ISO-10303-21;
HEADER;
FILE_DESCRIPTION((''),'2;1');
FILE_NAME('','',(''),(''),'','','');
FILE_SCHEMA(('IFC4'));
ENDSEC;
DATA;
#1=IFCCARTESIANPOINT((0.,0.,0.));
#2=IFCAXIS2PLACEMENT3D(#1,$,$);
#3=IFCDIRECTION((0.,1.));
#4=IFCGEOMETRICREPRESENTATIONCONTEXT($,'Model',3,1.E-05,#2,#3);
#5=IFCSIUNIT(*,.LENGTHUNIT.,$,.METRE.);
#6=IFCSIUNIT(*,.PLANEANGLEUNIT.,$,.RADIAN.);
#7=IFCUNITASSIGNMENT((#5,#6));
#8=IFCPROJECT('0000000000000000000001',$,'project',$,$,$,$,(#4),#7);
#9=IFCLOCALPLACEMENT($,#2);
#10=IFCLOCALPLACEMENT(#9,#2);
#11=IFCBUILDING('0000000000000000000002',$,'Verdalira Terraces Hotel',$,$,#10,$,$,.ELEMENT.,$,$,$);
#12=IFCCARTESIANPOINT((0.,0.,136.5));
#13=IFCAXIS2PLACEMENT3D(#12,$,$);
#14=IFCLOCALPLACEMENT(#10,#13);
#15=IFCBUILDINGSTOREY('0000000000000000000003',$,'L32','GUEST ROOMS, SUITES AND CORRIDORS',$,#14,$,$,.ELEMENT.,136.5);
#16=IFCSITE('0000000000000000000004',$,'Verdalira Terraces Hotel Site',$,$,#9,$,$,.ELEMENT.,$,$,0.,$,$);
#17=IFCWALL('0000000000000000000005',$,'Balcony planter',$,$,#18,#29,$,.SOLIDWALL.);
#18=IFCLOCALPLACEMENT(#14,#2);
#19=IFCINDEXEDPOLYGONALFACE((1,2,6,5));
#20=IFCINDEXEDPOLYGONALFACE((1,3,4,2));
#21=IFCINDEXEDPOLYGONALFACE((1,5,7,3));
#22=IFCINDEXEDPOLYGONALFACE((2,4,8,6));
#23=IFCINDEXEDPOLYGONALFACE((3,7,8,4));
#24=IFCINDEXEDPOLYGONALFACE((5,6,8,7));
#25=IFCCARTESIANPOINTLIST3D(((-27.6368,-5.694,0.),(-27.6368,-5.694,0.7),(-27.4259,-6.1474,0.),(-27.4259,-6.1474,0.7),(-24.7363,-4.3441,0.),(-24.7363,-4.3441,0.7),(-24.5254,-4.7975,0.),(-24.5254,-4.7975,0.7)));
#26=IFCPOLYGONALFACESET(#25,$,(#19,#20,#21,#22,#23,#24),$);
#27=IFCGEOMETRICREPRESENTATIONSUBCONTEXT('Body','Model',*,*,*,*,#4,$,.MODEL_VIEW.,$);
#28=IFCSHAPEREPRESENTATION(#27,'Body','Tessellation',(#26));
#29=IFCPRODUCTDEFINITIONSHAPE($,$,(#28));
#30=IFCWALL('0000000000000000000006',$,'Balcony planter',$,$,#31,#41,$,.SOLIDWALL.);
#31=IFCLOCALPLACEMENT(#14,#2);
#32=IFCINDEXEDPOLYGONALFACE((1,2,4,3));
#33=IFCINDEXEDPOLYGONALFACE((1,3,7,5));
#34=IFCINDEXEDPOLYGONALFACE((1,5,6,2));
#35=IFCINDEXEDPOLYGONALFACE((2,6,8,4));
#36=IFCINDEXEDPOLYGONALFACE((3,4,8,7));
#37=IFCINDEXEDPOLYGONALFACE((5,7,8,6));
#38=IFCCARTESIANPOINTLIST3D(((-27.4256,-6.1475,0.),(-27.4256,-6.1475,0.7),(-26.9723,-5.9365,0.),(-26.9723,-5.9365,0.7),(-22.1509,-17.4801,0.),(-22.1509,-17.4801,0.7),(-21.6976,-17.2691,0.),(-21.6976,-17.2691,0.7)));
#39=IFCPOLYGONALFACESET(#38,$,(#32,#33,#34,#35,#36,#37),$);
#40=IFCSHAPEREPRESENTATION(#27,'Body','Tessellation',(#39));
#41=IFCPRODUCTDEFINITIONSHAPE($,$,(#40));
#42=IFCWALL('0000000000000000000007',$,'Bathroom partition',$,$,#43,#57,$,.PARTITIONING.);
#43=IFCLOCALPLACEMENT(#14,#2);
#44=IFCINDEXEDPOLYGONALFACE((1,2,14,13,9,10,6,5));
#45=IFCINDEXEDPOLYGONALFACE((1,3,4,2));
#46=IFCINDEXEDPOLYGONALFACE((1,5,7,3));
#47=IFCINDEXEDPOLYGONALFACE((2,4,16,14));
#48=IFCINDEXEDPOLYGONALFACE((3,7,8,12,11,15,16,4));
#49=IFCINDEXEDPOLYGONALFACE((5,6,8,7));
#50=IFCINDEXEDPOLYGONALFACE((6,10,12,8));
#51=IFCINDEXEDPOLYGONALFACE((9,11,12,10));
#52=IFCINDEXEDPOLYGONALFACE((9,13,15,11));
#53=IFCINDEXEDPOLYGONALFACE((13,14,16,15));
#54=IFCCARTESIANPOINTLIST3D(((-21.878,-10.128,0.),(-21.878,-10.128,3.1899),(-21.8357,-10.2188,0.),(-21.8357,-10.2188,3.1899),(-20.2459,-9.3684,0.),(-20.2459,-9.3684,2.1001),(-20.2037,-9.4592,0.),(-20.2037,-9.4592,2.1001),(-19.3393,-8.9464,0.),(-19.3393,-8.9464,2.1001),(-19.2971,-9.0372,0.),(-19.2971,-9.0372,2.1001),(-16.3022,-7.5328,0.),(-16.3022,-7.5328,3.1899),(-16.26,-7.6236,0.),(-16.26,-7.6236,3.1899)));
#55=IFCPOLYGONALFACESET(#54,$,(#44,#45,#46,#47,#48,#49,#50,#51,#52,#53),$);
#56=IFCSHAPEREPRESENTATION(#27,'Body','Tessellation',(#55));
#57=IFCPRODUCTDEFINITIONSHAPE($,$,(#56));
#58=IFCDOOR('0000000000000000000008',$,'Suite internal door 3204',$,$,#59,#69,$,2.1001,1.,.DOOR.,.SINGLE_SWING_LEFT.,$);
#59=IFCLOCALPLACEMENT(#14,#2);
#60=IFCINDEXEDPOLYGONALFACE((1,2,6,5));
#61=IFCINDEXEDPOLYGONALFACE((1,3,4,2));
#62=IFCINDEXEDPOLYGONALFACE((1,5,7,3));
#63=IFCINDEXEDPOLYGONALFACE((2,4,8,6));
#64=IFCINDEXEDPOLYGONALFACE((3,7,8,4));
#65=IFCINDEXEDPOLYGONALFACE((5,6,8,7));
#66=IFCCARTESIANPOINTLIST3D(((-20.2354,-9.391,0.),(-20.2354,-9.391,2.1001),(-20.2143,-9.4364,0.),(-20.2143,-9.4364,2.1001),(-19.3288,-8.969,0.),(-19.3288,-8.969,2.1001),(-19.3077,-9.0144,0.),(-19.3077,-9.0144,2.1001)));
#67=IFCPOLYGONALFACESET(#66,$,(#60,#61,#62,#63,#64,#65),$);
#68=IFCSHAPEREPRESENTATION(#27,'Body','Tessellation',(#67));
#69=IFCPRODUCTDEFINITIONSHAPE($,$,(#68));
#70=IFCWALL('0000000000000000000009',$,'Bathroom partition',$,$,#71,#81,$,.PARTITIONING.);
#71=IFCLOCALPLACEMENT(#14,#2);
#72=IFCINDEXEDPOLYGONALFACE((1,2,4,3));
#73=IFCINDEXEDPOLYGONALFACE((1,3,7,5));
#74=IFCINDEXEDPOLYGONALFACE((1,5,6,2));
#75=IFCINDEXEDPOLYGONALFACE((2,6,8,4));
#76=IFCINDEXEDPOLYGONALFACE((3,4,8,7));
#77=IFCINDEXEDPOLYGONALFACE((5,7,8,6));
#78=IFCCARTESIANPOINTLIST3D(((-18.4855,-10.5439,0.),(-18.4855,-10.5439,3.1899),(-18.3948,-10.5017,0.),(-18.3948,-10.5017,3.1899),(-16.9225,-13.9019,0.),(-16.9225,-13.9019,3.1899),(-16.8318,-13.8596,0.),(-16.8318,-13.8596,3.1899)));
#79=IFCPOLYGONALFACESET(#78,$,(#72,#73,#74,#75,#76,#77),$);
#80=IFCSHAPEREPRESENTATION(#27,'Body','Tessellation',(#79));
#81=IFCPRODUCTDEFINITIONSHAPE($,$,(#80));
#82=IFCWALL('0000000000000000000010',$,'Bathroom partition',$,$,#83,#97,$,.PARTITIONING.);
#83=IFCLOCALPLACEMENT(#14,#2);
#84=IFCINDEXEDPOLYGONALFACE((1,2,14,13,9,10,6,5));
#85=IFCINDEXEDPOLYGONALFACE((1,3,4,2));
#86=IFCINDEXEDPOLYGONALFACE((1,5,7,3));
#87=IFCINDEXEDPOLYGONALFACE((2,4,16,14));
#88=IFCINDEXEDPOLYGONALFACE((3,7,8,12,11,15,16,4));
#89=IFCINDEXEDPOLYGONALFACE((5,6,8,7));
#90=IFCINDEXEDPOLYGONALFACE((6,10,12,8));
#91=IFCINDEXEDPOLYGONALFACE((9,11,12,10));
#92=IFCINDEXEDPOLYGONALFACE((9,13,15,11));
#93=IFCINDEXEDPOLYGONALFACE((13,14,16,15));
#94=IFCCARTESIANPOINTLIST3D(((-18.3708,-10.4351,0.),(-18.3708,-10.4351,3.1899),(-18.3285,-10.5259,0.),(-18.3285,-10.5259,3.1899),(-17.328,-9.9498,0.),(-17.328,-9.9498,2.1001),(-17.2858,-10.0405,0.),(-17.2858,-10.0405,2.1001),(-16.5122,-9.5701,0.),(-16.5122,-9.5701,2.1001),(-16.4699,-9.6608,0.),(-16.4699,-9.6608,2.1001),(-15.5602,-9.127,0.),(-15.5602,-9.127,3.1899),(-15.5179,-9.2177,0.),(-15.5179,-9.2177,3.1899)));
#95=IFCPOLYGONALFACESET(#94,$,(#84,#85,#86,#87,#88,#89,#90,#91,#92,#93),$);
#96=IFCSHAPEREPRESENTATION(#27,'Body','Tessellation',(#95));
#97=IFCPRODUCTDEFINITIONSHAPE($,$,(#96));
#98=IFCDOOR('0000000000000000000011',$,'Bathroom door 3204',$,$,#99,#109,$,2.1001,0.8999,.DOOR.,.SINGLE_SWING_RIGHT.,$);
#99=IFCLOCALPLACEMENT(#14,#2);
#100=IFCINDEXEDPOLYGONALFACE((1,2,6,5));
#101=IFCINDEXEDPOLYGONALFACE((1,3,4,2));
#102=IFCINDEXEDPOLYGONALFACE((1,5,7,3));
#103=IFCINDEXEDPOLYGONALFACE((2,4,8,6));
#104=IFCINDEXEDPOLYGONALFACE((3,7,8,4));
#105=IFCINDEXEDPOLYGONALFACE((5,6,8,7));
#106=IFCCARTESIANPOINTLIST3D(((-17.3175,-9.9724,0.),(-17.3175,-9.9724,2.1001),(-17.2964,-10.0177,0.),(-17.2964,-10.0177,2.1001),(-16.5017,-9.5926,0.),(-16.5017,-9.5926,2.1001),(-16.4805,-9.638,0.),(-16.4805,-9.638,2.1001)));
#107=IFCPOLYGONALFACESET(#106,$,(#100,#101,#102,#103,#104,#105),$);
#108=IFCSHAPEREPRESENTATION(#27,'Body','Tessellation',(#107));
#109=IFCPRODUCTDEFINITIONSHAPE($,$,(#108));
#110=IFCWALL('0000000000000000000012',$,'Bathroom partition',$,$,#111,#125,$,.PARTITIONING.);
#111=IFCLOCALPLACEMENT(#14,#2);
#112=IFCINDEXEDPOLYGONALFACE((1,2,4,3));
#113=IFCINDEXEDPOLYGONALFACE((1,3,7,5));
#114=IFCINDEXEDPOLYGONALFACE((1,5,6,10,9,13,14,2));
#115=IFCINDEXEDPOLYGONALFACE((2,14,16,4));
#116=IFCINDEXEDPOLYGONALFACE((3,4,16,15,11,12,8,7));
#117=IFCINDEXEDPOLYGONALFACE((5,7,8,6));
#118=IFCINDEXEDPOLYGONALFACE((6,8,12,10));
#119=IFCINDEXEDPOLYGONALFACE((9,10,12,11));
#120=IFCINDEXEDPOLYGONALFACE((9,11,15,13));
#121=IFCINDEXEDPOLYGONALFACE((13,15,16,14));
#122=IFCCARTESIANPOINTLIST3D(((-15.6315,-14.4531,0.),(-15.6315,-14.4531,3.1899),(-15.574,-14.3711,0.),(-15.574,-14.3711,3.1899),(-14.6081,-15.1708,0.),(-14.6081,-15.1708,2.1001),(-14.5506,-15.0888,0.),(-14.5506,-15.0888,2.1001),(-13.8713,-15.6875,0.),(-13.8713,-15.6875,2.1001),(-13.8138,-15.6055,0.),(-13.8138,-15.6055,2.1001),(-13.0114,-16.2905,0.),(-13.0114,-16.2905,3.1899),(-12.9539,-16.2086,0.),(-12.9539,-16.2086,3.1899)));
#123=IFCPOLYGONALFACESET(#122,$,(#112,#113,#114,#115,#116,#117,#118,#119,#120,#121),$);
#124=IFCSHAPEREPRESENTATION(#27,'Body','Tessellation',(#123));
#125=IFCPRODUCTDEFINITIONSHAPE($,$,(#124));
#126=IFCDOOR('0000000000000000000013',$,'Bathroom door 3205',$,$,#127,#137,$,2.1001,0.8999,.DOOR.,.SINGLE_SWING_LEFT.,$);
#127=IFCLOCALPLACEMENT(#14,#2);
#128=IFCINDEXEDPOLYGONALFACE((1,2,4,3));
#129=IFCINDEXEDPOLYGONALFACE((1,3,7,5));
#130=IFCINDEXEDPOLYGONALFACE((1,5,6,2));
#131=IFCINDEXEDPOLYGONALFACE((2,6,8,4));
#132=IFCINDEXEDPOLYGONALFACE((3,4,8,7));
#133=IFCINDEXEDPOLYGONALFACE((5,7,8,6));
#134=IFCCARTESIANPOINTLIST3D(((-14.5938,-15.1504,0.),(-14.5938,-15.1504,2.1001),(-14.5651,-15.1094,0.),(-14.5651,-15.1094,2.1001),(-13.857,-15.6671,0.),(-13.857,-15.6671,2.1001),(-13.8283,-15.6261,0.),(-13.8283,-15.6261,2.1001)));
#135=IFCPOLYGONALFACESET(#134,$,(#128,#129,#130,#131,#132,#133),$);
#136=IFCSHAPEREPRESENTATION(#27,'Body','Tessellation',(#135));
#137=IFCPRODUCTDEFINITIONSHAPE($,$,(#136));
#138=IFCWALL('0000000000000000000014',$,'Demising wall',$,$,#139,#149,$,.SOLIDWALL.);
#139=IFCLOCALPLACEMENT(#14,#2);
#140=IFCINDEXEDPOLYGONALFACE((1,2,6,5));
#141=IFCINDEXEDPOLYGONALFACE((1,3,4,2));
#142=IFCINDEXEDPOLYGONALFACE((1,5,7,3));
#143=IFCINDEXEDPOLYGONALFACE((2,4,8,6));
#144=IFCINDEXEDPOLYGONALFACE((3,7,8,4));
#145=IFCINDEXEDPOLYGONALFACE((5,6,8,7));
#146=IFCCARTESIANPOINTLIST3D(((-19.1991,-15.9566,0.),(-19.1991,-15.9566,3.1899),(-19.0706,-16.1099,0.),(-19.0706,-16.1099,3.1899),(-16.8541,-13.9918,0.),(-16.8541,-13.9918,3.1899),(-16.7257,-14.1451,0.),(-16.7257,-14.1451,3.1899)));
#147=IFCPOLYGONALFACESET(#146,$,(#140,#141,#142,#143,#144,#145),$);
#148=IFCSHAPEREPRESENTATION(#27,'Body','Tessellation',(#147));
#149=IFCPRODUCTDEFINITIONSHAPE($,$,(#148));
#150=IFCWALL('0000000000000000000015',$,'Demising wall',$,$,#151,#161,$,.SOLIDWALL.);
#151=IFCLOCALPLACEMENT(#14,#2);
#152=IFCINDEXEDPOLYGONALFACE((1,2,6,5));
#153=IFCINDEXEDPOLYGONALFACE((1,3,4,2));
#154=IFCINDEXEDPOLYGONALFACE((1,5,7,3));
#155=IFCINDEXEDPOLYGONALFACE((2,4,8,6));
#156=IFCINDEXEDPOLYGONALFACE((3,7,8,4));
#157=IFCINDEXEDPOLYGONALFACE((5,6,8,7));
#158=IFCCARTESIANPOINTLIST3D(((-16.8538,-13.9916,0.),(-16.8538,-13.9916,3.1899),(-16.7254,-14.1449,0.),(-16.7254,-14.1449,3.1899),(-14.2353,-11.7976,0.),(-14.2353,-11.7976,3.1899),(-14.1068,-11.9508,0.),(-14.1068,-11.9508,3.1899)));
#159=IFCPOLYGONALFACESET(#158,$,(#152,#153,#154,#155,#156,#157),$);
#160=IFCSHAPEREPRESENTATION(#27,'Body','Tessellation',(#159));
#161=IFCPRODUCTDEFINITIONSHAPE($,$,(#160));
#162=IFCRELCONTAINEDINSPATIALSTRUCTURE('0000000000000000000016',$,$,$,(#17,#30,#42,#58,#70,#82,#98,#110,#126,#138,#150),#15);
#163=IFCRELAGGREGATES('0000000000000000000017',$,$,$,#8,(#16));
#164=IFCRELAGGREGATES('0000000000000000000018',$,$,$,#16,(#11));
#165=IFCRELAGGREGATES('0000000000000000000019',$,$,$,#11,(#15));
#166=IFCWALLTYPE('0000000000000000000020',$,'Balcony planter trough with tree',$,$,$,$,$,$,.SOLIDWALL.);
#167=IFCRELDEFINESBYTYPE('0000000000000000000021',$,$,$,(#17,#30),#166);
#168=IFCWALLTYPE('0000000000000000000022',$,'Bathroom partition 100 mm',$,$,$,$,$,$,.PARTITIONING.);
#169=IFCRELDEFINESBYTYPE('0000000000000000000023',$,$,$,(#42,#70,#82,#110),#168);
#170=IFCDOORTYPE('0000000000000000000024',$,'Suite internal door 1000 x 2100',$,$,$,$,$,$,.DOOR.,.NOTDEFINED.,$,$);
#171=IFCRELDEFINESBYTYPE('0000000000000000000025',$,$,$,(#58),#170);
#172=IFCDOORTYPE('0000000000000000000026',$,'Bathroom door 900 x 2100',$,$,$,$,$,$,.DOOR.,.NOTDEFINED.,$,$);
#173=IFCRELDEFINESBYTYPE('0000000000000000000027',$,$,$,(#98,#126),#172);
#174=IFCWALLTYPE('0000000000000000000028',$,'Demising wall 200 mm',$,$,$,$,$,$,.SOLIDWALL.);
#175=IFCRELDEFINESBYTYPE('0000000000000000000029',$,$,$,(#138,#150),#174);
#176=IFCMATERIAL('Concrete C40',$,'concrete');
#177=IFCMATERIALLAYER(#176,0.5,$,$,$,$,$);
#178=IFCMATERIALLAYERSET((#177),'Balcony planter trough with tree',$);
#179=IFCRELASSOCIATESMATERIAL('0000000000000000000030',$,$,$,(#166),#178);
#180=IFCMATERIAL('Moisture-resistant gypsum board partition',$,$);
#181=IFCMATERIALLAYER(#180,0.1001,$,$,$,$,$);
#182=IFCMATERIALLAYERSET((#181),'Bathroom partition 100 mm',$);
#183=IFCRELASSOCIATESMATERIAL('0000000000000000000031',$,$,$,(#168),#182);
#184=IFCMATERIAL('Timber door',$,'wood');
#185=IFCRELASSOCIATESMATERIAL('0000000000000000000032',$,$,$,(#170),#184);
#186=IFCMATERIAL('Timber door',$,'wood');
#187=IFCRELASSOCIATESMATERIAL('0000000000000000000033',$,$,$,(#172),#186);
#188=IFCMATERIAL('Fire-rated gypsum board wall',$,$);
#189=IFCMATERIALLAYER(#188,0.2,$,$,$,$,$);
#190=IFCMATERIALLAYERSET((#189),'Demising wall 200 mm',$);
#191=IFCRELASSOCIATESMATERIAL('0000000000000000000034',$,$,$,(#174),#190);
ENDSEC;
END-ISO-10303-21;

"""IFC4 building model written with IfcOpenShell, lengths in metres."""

from ifc_helpers import new_model, si_unit, direction, frame, frame_2d, origin, place, context, subcontext, project, spatial, rectangle, extrude, material, layer, layer_set, type_object, element, fill, save


model = new_model("IFC4")

# Units and contexts
model_context = context("Model", 3, precision=1e-05, world=origin(), true_north=direction((0.0, 1.0)))
body_context = subcontext(model_context, "Body", "Model", "MODEL_VIEW")
ifc_project = project(units=[si_unit("LENGTHUNIT", "METRE"), si_unit("PLANEANGLEUNIT", "RADIAN")], contexts=[model_context])

# Site, building, storey
site_placement = place(None, origin())
site = spatial("IfcSite", under=ifc_project, at=site_placement, Name="Verdalira Terraces Hotel Site", CompositionType="ELEMENT", RefElevation=0.0)
building_placement = place(site_placement, origin())
building = spatial("IfcBuilding", under=site, at=building_placement, Name="Verdalira Terraces Hotel", CompositionType="ELEMENT")
storey_placement = place(building_placement, frame((0.0, 0.0, 136.5)))
storey = spatial("IfcBuildingStorey", under=building, at=storey_placement, Name="L32", Description="GUEST ROOMS, SUITES AND CORRIDORS", CompositionType="ELEMENT", Elevation=136.5)

# Walls
ifc_material_1 = material(Name="Concrete C40", Category="concrete")
ifc_layer_1 = layer(ifc_material_1, 0.5)
ifc_layer_set_1 = layer_set([ifc_layer_1], Name="Balcony planter trough with tree")
wall_type_1 = type_object("IfcWallType", Name="Balcony planter trough with tree", PredefinedType="SOLIDWALL", material=ifc_layer_set_1)
wall_1_placement = place(storey_placement, frame((-24.6309, -4.5708, 0.0), z_axis=(0.0, 0.0, 1.0), x_axis=(-0.906621, -0.421945, 0.0)))
element("IfcWall", 1, at=wall_1_placement, inside=storey, type_object=wall_type_1, Name="Balcony planter", PredefinedType="SOLIDWALL", context=body_context, shape_type="SweptSolid", body=[
    extrude(rectangle(XDim=3.1992, YDim=0.5, at=frame_2d((1.5996, 0.0))), origin(), (0.0, 0.0, 1.0), 0.7),
])
wall_2_placement = place(storey_placement, frame((-27.199, -6.042, 0.0), z_axis=(0.0, 0.0, 1.0), x_axis=(0.421975, -0.906607, 0.0)))
element("IfcWall", 2, at=wall_2_placement, inside=storey, type_object=wall_type_1, Name="Balcony planter", PredefinedType="SOLIDWALL", context=body_context, shape_type="SweptSolid", body=[
    extrude(rectangle(XDim=12.5, YDim=0.5, at=frame_2d((6.25, 0.0))), origin(), (0.0, 0.0, 1.0), 0.7),
])

# Wall, opening, door
ifc_material_2 = material(Name="Moisture-resistant gypsum board partition")
ifc_layer_2 = layer(ifc_material_2, 0.1001)
ifc_layer_set_2 = layer_set([ifc_layer_2], Name="Bathroom partition 100 mm")
wall_type_2 = type_object("IfcWallType", Name="Bathroom partition 100 mm", PredefinedType="PARTITIONING", material=ifc_layer_set_2)
wall_3_placement = place(storey_placement, frame((-16.281, -7.5781, 0.0), z_axis=(0.0, 0.0, 1.0), x_axis=(-0.906605, -0.421981, 0.0)))
wall_3 = element("IfcWall", 3, at=wall_3_placement, inside=storey, type_object=wall_type_2, Name="Bathroom partition", PredefinedType="PARTITIONING", context=body_context, shape_type="SweptSolid", body=[
    extrude(rectangle(XDim=6.1501, YDim=0.1001, at=frame_2d((3.0752, 0.0))), origin(), (0.0, 0.0, 1.0), 3.1899),
])
opening_1_placement = place(wall_3_placement, frame((3.3501, 0.0, 0.0)))
opening_1 = element("IfcOpeningElement", 4, at=opening_1_placement, cuts=wall_3, PredefinedType="OPENING", context=body_context, shape_type="SweptSolid", body=[
    extrude(rectangle(XDim=1.0, YDim=2.1001, at=frame_2d((0.5, 1.05))), frame((0.0, 0.0601, 0.0), z_axis=(0.0, -1.0, 0.0), x_axis=(1.0, 0.0, 0.0)), (0.0, 0.0, 1.0), 0.1201),
])
ifc_material_3 = material(Name="Timber door", Category="wood")
door_type_1 = type_object("IfcDoorType", Name="Suite internal door 1000 x 2100", OperationType="NOTDEFINED", PredefinedType="DOOR", material=ifc_material_3)
door_1_placement = place(opening_1_placement, origin())
door_1 = element("IfcDoor", 5, at=door_1_placement, inside=storey, type_object=door_type_1, Name="Suite internal door 3204", OperationType="SINGLE_SWING_LEFT", OverallHeight=2.1001, OverallWidth=1.0, PredefinedType="DOOR", context=body_context, shape_type="SweptSolid", body=[
    extrude(rectangle(XDim=1.0, YDim=2.1001, at=frame_2d((0.5, 1.05))), frame((0.0, 0.0249, 0.0), z_axis=(0.0, -1.0, 0.0), x_axis=(1.0, 0.0, 0.0)), (0.0, 0.0, 1.0), 0.05),
])
fill(opening_1, door_1)

# Wall
wall_4_placement = place(storey_placement, frame((-18.4402, -10.5227, 0.0), z_axis=(0.0, 0.0, 1.0), x_axis=(0.42199, -0.9066, 0.0)))
element("IfcWall", 6, at=wall_4_placement, inside=storey, type_object=wall_type_2, Name="Bathroom partition", PredefinedType="PARTITIONING", context=body_context, shape_type="SweptSolid", body=[
    extrude(rectangle(XDim=3.7039, YDim=0.1001, at=frame_2d((1.8521, 0.0))), origin(), (0.0, 0.0, 1.0), 3.1899),
])

# Walls, openings, doors
wall_5_placement = place(storey_placement, frame((-15.5391, -9.1724, 0.0), z_axis=(0.0, 0.0, 1.0), x_axis=(-0.906613, -0.421963, 0.0)))
wall_5 = element("IfcWall", 7, at=wall_5_placement, inside=storey, type_object=wall_type_2, Name="Bathroom partition", PredefinedType="PARTITIONING", context=body_context, shape_type="SweptSolid", body=[
    extrude(rectangle(XDim=3.1001, YDim=0.1001, at=frame_2d((1.55, 0.0))), origin(), (0.0, 0.0, 1.0), 3.1899),
])
opening_2_placement = place(wall_5_placement, frame((1.05, 0.0, 0.0)))
opening_2 = element("IfcOpeningElement", 8, at=opening_2_placement, cuts=wall_5, PredefinedType="OPENING", context=body_context, shape_type="SweptSolid", body=[
    extrude(rectangle(XDim=0.8999, YDim=2.1001, at=frame_2d((0.45, 1.05))), frame((0.0, 0.0601, 0.0), z_axis=(0.0, -1.0, 0.0), x_axis=(1.0, 0.0, 0.0)), (0.0, 0.0, 1.0), 0.1201),
])
ifc_material_4 = material(Name="Timber door", Category="wood")
door_type_2 = type_object("IfcDoorType", Name="Bathroom door 900 x 2100", OperationType="NOTDEFINED", PredefinedType="DOOR", material=ifc_material_4)
door_2_placement = place(opening_2_placement, origin())
door_2 = element("IfcDoor", 9, at=door_2_placement, inside=storey, type_object=door_type_2, Name="Bathroom door 3204", OperationType="SINGLE_SWING_RIGHT", OverallHeight=2.1001, OverallWidth=0.8999, PredefinedType="DOOR", context=body_context, shape_type="SweptSolid", body=[
    extrude(rectangle(XDim=0.8999, YDim=2.1001, at=frame_2d((0.45, 1.05))), frame((0.0, 0.0249, 0.0), z_axis=(0.0, -1.0, 0.0), x_axis=(1.0, 0.0, 0.0)), (0.0, 0.0, 1.0), 0.05),
])
fill(opening_2, door_2)
wall_6_placement = place(storey_placement, frame((-15.6028, -14.4121, 0.0), z_axis=(0.0, 0.0, 1.0), x_axis=(0.818744, -0.574158, 0.0)))
wall_6 = element("IfcWall", 10, at=wall_6_placement, inside=storey, type_object=wall_type_2, Name="Bathroom partition", PredefinedType="PARTITIONING", context=body_context, shape_type="SweptSolid", body=[
    extrude(rectangle(XDim=3.2002, YDim=0.1001, at=frame_2d((1.6001, 0.0))), origin(), (0.0, 0.0, 1.0), 3.1899),
])
opening_3_placement = place(wall_6_placement, frame((1.25, 0.0, 0.0)))
opening_3 = element("IfcOpeningElement", 11, at=opening_3_placement, cuts=wall_6, PredefinedType="OPENING", context=body_context, shape_type="SweptSolid", body=[
    extrude(rectangle(XDim=0.8999, YDim=2.1001, at=frame_2d((0.45, 1.05))), frame((0.0, 0.0601, 0.0), z_axis=(0.0, -1.0, 0.0), x_axis=(1.0, 0.0, 0.0)), (0.0, 0.0, 1.0), 0.1201),
])
door_3_placement = place(opening_3_placement, origin())
door_3 = element("IfcDoor", 12, at=door_3_placement, inside=storey, type_object=door_type_2, Name="Bathroom door 3205", OperationType="SINGLE_SWING_LEFT", OverallHeight=2.1001, OverallWidth=0.8999, PredefinedType="DOOR", context=body_context, shape_type="SweptSolid", body=[
    extrude(rectangle(XDim=0.8999, YDim=2.1001, at=frame_2d((0.45, 1.05))), frame((0.0, 0.0249, 0.0), z_axis=(0.0, -1.0, 0.0), x_axis=(1.0, 0.0, 0.0)), (0.0, 0.0, 1.0), 0.05),
])
fill(opening_3, door_3)

# Walls
ifc_material_5 = material(Name="Fire-rated gypsum board wall")
ifc_layer_3 = layer(ifc_material_5, 0.2)
ifc_layer_set_3 = layer_set([ifc_layer_3], Name="Demising wall 200 mm")
wall_type_3 = type_object("IfcWallType", Name="Demising wall 200 mm", PredefinedType="SOLIDWALL", material=ifc_layer_set_3)
wall_7_placement = place(storey_placement, frame((-16.7898, -14.0684, 0.0), z_axis=(0.0, 0.0, 1.0), x_axis=(-0.766498, -0.642246, 0.0)))
element("IfcWall", 13, at=wall_7_placement, inside=storey, type_object=wall_type_3, Name="Demising wall", PredefinedType="SOLIDWALL", context=body_context, shape_type="SweptSolid", body=[
    extrude(rectangle(XDim=3.0593, YDim=0.2, at=frame_2d((1.5298, 0.0))), origin(), (0.0, 0.0, 1.0), 3.1899),
])
wall_8_placement = place(storey_placement, frame((-14.1711, -11.8743, 0.0), z_axis=(0.0, 0.0, 1.0), x_axis=(-0.766508, -0.642235, 0.0)))
element("IfcWall", 14, at=wall_8_placement, inside=storey, type_object=wall_type_3, Name="Demising wall", PredefinedType="SOLIDWALL", context=body_context, shape_type="SweptSolid", body=[
    extrude(rectangle(XDim=3.4163, YDim=0.2, at=frame_2d((1.708, 0.0))), origin(), (0.0, 0.0, 1.0), 3.1899),
])

save(model, "model.ifc")
